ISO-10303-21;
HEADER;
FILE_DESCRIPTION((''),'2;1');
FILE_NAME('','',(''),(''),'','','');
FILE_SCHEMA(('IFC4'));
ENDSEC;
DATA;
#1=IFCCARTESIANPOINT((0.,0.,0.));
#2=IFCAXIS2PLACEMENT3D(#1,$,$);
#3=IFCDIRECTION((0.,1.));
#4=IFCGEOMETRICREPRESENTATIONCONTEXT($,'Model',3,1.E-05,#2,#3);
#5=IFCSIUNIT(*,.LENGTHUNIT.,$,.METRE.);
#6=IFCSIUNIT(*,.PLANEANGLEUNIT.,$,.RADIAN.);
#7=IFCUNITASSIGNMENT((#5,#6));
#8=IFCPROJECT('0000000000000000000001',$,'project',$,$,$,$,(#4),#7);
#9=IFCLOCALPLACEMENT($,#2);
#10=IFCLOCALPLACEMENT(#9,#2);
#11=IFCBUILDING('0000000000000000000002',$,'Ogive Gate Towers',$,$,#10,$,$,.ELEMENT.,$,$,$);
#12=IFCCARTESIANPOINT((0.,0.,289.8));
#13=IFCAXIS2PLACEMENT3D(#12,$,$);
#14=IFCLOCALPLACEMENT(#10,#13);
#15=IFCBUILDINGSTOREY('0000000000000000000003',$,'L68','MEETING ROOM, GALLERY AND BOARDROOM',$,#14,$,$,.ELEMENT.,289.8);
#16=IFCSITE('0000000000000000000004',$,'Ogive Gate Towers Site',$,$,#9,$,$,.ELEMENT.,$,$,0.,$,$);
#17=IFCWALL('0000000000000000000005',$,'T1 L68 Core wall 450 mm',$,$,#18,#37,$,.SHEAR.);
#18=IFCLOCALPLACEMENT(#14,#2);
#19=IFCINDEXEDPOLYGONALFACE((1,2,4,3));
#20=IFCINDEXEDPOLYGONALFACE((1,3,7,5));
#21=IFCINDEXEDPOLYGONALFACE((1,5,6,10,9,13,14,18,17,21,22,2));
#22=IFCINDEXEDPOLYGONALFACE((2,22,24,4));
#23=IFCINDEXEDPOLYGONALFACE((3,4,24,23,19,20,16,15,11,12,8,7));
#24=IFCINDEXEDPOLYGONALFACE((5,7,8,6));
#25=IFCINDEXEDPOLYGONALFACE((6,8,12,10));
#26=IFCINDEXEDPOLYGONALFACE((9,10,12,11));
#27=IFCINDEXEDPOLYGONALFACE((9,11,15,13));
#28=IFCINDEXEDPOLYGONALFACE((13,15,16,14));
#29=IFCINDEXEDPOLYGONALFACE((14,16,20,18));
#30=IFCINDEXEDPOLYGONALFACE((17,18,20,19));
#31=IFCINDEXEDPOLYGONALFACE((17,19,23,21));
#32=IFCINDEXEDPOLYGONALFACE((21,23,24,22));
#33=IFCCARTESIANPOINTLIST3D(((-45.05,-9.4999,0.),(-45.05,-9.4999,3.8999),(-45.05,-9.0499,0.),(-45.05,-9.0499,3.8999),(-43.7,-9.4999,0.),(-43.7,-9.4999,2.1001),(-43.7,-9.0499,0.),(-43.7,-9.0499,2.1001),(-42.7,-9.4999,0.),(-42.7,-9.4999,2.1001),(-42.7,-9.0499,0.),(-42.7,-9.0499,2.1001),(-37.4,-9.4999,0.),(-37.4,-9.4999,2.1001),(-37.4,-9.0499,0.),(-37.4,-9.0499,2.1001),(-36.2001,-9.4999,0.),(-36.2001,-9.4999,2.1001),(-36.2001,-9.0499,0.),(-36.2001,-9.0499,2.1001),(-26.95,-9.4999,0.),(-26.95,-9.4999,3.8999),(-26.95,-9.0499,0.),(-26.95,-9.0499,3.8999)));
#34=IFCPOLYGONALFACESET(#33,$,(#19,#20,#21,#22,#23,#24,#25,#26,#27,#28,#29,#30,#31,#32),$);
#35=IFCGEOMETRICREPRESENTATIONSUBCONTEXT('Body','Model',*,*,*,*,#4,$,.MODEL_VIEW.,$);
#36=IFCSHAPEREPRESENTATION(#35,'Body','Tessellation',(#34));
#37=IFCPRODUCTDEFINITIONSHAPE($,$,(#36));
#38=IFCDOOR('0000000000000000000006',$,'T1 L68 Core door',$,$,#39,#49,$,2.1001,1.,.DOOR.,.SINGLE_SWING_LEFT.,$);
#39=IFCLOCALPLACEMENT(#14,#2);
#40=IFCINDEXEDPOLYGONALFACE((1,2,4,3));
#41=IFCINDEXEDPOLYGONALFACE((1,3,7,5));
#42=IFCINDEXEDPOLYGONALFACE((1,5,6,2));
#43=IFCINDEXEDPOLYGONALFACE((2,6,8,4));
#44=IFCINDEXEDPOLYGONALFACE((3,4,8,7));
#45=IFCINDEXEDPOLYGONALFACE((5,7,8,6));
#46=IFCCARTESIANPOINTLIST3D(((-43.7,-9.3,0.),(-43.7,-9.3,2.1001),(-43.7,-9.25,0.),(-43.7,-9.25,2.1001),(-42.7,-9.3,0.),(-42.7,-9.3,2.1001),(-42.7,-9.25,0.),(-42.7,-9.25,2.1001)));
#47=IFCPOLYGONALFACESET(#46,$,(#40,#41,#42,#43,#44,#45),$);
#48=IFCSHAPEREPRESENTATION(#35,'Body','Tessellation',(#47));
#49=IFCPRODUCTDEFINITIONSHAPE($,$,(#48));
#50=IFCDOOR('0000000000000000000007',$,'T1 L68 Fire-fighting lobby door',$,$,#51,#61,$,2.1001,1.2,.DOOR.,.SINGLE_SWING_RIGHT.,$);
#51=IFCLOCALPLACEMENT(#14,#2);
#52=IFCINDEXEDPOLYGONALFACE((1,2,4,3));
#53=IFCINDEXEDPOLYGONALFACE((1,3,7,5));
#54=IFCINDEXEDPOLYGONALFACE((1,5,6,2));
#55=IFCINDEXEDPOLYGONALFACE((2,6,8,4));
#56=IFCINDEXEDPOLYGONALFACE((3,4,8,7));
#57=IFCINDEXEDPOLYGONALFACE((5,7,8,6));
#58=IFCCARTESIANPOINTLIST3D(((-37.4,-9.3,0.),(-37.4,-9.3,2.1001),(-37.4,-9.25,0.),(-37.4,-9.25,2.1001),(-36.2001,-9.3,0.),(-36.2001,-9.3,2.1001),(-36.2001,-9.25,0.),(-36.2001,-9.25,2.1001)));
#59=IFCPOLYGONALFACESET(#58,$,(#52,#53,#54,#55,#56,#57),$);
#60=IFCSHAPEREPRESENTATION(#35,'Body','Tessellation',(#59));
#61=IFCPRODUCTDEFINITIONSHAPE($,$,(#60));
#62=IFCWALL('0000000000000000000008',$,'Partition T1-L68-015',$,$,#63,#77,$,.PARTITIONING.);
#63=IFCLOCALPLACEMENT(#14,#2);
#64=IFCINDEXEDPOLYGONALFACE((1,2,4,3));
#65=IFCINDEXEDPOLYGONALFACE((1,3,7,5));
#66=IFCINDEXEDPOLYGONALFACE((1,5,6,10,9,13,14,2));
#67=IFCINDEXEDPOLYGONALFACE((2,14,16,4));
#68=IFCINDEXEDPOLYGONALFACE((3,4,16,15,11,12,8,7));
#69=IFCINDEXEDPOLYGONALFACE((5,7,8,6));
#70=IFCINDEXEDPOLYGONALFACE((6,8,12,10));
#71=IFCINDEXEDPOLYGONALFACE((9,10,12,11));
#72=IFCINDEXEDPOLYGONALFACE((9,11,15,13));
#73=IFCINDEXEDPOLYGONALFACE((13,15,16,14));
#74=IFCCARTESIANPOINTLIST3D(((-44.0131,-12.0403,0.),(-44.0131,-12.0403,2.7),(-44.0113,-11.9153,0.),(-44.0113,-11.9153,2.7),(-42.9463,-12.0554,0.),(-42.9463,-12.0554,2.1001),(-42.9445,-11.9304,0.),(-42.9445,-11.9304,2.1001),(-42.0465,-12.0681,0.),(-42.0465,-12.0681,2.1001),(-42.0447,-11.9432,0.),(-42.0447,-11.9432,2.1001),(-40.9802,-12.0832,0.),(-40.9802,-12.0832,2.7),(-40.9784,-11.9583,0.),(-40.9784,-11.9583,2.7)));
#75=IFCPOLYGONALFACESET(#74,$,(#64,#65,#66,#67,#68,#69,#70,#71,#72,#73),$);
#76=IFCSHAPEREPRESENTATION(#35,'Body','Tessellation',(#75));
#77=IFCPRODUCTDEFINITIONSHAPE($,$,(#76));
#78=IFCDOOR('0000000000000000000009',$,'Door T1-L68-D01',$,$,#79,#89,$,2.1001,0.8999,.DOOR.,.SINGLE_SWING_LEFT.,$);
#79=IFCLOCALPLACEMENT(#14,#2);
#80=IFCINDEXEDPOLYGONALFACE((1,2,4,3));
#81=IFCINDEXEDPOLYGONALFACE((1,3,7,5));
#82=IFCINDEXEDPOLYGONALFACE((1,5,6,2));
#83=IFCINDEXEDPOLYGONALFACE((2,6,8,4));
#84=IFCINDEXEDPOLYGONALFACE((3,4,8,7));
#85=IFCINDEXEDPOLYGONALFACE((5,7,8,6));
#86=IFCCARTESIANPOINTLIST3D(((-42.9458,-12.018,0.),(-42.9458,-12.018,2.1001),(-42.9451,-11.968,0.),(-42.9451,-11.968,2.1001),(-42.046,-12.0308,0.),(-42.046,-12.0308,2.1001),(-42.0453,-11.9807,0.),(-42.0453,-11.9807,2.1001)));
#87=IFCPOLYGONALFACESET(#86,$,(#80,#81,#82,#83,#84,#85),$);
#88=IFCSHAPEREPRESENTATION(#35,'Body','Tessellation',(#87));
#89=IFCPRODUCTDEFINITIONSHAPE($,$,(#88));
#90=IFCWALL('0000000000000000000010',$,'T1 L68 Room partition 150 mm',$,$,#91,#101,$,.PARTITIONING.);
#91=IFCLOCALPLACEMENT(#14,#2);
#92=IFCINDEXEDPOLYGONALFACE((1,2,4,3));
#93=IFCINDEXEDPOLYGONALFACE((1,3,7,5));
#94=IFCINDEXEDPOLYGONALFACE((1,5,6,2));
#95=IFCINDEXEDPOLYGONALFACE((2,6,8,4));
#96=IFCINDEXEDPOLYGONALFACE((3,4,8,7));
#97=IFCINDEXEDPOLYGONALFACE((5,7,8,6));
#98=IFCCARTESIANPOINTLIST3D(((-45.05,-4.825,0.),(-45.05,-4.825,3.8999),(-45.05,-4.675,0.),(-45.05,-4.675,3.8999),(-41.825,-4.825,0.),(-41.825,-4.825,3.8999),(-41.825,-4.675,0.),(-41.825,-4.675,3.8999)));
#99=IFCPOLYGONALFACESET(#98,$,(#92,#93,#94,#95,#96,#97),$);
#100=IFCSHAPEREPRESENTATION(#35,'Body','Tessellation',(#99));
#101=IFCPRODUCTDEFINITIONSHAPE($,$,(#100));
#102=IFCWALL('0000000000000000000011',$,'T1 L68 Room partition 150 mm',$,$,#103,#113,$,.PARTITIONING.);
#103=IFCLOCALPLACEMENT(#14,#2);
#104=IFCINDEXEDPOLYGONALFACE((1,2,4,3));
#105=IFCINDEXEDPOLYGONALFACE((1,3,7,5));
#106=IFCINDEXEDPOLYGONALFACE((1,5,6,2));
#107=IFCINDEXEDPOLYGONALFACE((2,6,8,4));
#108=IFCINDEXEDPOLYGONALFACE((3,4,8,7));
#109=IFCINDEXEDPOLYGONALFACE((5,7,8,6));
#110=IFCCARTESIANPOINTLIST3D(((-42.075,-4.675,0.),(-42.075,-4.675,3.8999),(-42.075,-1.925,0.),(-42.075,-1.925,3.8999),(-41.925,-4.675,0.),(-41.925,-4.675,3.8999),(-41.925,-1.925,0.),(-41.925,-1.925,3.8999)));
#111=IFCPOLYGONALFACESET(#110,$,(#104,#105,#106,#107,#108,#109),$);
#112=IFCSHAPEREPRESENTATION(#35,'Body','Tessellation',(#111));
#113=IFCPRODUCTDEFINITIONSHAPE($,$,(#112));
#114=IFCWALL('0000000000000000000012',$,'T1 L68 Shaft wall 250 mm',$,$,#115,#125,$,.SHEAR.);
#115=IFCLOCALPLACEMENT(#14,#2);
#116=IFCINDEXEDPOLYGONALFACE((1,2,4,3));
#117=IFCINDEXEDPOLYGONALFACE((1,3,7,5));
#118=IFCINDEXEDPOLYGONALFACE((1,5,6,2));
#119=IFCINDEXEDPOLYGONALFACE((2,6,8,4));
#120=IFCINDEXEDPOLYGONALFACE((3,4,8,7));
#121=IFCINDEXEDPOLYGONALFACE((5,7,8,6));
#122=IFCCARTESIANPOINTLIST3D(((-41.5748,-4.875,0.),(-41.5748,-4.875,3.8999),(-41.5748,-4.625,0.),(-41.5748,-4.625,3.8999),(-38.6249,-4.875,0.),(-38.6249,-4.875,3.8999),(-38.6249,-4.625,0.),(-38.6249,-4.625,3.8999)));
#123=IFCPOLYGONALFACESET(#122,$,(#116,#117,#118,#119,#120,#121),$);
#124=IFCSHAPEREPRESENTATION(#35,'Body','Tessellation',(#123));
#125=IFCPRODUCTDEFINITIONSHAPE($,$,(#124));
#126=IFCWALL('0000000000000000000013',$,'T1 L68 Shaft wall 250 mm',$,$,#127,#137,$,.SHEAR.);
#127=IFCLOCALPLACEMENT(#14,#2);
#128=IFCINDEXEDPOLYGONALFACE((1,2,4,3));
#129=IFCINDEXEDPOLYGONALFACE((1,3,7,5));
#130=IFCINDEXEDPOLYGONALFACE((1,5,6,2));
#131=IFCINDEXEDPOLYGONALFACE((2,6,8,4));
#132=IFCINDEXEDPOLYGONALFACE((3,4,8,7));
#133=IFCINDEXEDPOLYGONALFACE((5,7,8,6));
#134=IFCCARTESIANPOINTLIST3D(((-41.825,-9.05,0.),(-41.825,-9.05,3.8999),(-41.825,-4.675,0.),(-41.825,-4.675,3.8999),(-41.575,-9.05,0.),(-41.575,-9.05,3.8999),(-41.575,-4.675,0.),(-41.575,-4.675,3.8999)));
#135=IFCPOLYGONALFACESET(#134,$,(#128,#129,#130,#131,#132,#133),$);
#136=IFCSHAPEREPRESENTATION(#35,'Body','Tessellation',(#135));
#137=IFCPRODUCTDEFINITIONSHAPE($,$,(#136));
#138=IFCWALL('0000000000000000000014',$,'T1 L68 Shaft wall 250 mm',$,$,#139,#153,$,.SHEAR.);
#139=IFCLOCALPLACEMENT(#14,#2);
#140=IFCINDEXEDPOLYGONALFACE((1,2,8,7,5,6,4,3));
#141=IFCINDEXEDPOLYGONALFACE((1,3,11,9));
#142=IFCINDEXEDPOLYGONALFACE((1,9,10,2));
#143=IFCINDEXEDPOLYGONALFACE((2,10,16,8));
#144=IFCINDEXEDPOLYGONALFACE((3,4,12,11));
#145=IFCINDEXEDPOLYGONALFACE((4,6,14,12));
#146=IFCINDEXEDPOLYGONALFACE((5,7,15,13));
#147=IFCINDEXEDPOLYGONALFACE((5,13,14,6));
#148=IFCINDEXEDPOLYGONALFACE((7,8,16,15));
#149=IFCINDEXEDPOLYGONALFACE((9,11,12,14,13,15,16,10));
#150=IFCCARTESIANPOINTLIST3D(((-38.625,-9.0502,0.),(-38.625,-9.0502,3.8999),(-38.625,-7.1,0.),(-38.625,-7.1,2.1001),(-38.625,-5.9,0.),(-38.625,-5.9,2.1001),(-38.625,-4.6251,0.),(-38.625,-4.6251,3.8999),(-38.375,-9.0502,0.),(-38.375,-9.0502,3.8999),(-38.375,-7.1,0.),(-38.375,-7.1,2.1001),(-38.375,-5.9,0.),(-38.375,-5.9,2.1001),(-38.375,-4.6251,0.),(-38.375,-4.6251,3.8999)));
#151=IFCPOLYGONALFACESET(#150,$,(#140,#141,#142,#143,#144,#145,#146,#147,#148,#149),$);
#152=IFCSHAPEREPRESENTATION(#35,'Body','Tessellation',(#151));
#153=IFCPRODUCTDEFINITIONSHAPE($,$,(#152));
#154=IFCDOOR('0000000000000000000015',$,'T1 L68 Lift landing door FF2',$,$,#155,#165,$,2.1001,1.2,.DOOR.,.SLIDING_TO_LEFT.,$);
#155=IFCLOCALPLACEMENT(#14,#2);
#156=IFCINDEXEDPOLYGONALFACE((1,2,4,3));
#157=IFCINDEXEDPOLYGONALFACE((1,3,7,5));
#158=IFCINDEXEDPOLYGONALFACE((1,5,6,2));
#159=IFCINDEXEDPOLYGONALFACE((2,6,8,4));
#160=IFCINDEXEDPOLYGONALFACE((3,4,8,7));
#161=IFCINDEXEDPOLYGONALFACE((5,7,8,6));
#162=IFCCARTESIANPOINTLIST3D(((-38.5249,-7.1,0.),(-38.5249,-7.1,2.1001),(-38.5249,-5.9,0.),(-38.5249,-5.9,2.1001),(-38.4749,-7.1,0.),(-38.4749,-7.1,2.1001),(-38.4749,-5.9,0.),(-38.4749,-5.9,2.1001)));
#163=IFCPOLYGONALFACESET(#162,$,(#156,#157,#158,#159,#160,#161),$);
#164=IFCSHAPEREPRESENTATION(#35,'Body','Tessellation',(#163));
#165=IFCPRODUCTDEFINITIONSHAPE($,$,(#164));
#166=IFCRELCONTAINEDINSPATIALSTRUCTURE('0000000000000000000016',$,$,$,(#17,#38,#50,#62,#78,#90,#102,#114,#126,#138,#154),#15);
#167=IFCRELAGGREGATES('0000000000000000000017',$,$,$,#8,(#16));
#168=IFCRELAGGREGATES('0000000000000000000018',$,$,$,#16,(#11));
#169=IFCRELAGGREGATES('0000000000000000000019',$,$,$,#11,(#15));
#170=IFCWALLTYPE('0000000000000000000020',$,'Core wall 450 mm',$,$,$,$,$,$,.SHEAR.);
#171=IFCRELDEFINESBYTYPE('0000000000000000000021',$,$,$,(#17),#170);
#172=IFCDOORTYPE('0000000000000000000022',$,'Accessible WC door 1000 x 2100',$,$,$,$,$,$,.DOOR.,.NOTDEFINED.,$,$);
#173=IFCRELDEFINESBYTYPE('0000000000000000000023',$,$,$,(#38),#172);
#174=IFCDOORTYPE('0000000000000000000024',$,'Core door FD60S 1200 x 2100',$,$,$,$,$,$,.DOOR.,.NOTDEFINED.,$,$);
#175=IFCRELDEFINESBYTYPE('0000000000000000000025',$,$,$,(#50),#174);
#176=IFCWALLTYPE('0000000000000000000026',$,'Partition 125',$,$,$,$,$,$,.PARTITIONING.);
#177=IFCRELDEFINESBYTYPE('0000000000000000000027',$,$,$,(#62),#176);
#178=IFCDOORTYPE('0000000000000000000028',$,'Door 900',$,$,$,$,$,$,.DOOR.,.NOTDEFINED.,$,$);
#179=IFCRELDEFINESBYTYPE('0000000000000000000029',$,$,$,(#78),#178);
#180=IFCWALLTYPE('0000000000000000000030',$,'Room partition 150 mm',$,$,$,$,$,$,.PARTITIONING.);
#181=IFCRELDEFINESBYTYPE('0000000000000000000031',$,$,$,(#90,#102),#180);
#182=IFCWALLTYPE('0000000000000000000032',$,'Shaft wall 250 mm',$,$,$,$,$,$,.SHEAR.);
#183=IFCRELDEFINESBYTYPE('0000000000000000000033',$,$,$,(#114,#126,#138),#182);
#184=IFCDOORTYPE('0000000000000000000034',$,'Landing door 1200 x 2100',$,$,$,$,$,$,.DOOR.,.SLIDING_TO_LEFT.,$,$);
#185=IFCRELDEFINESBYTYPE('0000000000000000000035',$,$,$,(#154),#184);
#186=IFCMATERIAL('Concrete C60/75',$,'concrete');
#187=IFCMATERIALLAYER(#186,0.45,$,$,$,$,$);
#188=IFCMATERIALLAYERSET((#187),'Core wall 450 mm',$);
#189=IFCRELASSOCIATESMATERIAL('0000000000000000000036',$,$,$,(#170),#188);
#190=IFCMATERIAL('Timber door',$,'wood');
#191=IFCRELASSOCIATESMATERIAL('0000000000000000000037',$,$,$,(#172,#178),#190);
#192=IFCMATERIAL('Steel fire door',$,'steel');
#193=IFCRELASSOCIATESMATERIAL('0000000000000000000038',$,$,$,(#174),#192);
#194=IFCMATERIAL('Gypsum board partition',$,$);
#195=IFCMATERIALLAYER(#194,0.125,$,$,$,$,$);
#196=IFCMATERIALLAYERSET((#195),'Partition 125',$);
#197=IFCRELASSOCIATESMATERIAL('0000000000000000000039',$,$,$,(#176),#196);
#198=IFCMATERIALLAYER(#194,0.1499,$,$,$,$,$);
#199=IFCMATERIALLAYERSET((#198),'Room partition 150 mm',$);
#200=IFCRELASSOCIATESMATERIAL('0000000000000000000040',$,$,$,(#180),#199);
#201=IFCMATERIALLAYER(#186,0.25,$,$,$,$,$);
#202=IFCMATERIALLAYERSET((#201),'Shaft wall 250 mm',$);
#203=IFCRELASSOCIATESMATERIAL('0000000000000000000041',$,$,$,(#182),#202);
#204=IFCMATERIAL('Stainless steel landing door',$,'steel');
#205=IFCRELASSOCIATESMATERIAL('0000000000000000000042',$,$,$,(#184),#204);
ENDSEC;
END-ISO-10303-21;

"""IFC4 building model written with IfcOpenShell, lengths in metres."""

from ifc_helpers import new_model, si_unit, direction, frame, frame_2d, origin, place, context, subcontext, project, spatial, rectangle, extrude, material, layer, layer_set, type_object, element, fill, save


model = new_model("IFC4")

# Units and contexts
model_context = context("Model", 3, precision=1e-05, world=origin(), true_north=direction((0.0, 1.0)))
body_context = subcontext(model_context, "Body", "Model", "MODEL_VIEW")
ifc_project = project(units=[si_unit("LENGTHUNIT", "METRE"), si_unit("PLANEANGLEUNIT", "RADIAN")], contexts=[model_context])

# Site, building, storey
site_placement = place(None, origin())
site = spatial("IfcSite", under=ifc_project, at=site_placement, Name="Ogive Gate Towers Site", CompositionType="ELEMENT", RefElevation=0.0)
building_placement = place(site_placement, origin())
building = spatial("IfcBuilding", under=site, at=building_placement, Name="Ogive Gate Towers", CompositionType="ELEMENT")
storey_placement = place(building_placement, frame((0.0, 0.0, 289.8)))
storey = spatial("IfcBuildingStorey", under=building, at=storey_placement, Name="L68", Description="MEETING ROOM, GALLERY AND BOARDROOM", CompositionType="ELEMENT", Elevation=289.8)

# Shared definitions
ifc_material_1 = material(Name="Timber door", Category="wood")

# Wall, openings, doors
ifc_material_2 = material(Name="Concrete C60/75", Category="concrete")
ifc_layer_1 = layer(ifc_material_2, 0.45)
ifc_layer_set_1 = layer_set([ifc_layer_1], Name="Core wall 450 mm")
wall_type_1 = type_object("IfcWallType", Name="Core wall 450 mm", PredefinedType="SHEAR", material=ifc_layer_set_1)
wall_1_placement = place(storey_placement, frame((-45.05, -9.2749, 0.0), z_axis=(0.0, 0.0, 1.0), x_axis=(1.0, 0.0, 0.0)))
wall_1 = element("IfcWall", 1, at=wall_1_placement, inside=storey, type_object=wall_type_1, Name="T1 L68 Core wall 450 mm", PredefinedType="SHEAR", context=body_context, shape_type="SweptSolid", body=[
    extrude(rectangle(XDim=18.1001, YDim=0.45, at=frame_2d((9.05, 0.0))), origin(), (0.0, 0.0, 1.0), 3.8999),
])
opening_1_placement = place(wall_1_placement, frame((7.6499, 0.0, 0.0)))
opening_1 = element("IfcOpeningElement", 2, at=opening_1_placement, cuts=wall_1, PredefinedType="OPENING", context=body_context, shape_type="SweptSolid", body=[
    extrude(rectangle(XDim=1.2, YDim=2.1001, at=frame_2d((0.6001, 1.05))), frame((0.0, 0.2349, 0.0), z_axis=(0.0, -1.0, 0.0), x_axis=(1.0, 0.0, 0.0)), (0.0, 0.0, 1.0), 0.47),
])
opening_2_placement = place(wall_1_placement, frame((1.3501, 0.0, 0.0)))
opening_2 = element("IfcOpeningElement", 3, at=opening_2_placement, cuts=wall_1, PredefinedType="OPENING", context=body_context, shape_type="SweptSolid", body=[
    extrude(rectangle(XDim=1.0, YDim=2.1001, at=frame_2d((0.5, 1.05))), frame((0.0, 0.2349, 0.0), z_axis=(0.0, -1.0, 0.0), x_axis=(1.0, 0.0, 0.0)), (0.0, 0.0, 1.0), 0.47),
])
door_type_1 = type_object("IfcDoorType", Name="Accessible WC door 1000 x 2100", OperationType="NOTDEFINED", PredefinedType="DOOR", material=ifc_material_1)
door_1_placement = place(opening_2_placement, origin())
door_1 = element("IfcDoor", 4, at=door_1_placement, inside=storey, type_object=door_type_1, Name="T1 L68 Core door", OperationType="SINGLE_SWING_LEFT", OverallHeight=2.1001, OverallWidth=1.0, PredefinedType="DOOR", context=body_context, shape_type="SweptSolid", body=[
    extrude(rectangle(XDim=1.0, YDim=2.1001, at=frame_2d((0.5, 1.05))), frame((0.0, 0.0249, 0.0), z_axis=(0.0, -1.0, 0.0), x_axis=(1.0, 0.0, 0.0)), (0.0, 0.0, 1.0), 0.05),
])
fill(opening_2, door_1)
ifc_material_3 = material(Name="Steel fire door", Category="steel")
door_type_2 = type_object("IfcDoorType", Name="Core door FD60S 1200 x 2100", OperationType="NOTDEFINED", PredefinedType="DOOR", material=ifc_material_3)
door_2_placement = place(opening_1_placement, origin())
door_2 = element("IfcDoor", 5, at=door_2_placement, inside=storey, type_object=door_type_2, Name="T1 L68 Fire-fighting lobby door", OperationType="SINGLE_SWING_RIGHT", OverallHeight=2.1001, OverallWidth=1.2, PredefinedType="DOOR", context=body_context, shape_type="SweptSolid", body=[
    extrude(rectangle(XDim=1.2, YDim=2.1001, at=frame_2d((0.6001, 1.05))), frame((0.0, 0.0249, 0.0), z_axis=(0.0, -1.0, 0.0), x_axis=(1.0, 0.0, 0.0)), (0.0, 0.0, 1.0), 0.05),
])
fill(opening_1, door_2)

# Wall, opening, door
ifc_material_4 = material(Name="Gypsum board partition")
ifc_layer_2 = layer(ifc_material_4, 0.125)
ifc_layer_set_2 = layer_set([ifc_layer_2], Name="Partition 125")
wall_type_2 = type_object("IfcWallType", Name="Partition 125", PredefinedType="PARTITIONING", material=ifc_layer_set_2)
wall_2_placement = place(storey_placement, frame((-44.0122, -11.9778, 0.0), z_axis=(0.0, 0.0, 1.0), x_axis=(0.9999, -0.014166, 0.0)))
wall_2 = element("IfcWall", 6, at=wall_2_placement, inside=storey, type_object=wall_type_2, Name="Partition T1-L68-015", PredefinedType="PARTITIONING", context=body_context, shape_type="SweptSolid", body=[
    extrude(rectangle(XDim=3.0332, YDim=0.125, at=frame_2d((1.5166, 0.0))), origin(), (0.0, 0.0, 1.0), 2.7),
])
opening_3_placement = place(wall_2_placement, frame((1.0669, 0.0, 0.0)))
opening_3 = element("IfcOpeningElement", 7, at=opening_3_placement, cuts=wall_2, PredefinedType="OPENING", context=body_context, shape_type="SweptSolid", body=[
    extrude(rectangle(XDim=0.8999, YDim=2.1001, at=frame_2d((0.45, 1.05))), frame((0.0, 0.0725, 0.0), z_axis=(0.0, -1.0, 0.0), x_axis=(1.0, 0.0, 0.0)), (0.0, 0.0, 1.0), 0.145),
])
door_type_3 = type_object("IfcDoorType", Name="Door 900", OperationType="NOTDEFINED", PredefinedType="DOOR", material=ifc_material_1)
door_3_placement = place(opening_3_placement, origin())
door_3 = element("IfcDoor", 8, at=door_3_placement, inside=storey, type_object=door_type_3, Name="Door T1-L68-D01", OperationType="SINGLE_SWING_LEFT", OverallHeight=2.1001, OverallWidth=0.8999, PredefinedType="DOOR", context=body_context, shape_type="SweptSolid", body=[
    extrude(rectangle(XDim=0.8999, YDim=2.1001, at=frame_2d((0.45, 1.05))), frame((0.0, 0.0249, 0.0), z_axis=(0.0, -1.0, 0.0), x_axis=(1.0, 0.0, 0.0)), (0.0, 0.0, 1.0), 0.05),
])
fill(opening_3, door_3)

# Walls
ifc_layer_3 = layer(ifc_material_4, 0.1499)
ifc_layer_set_3 = layer_set([ifc_layer_3], Name="Room partition 150 mm")
wall_type_3 = type_object("IfcWallType", Name="Room partition 150 mm", PredefinedType="PARTITIONING", material=ifc_layer_set_3)
wall_3_placement = place(storey_placement, frame((-45.05, -4.75, 0.0), z_axis=(0.0, 0.0, 1.0), x_axis=(1.0, 0.0, 0.0)))
element("IfcWall", 9, at=wall_3_placement, inside=storey, type_object=wall_type_3, Name="T1 L68 Room partition 150 mm", PredefinedType="PARTITIONING", context=body_context, shape_type="SweptSolid", body=[
    extrude(rectangle(XDim=3.2251, YDim=0.1499, at=frame_2d((1.6125, 0.0))), origin(), (0.0, 0.0, 1.0), 3.8999),
])
wall_4_placement = place(storey_placement, frame((-42.0, -4.675, 0.0), z_axis=(0.0, 0.0, 1.0), x_axis=(0.0, 1.0, 0.0)))
element("IfcWall", 10, at=wall_4_placement, inside=storey, type_object=wall_type_3, Name="T1 L68 Room partition 150 mm", PredefinedType="PARTITIONING", context=body_context, shape_type="SweptSolid", body=[
    extrude(rectangle(XDim=2.75, YDim=0.1499, at=frame_2d((1.375, 0.0))), origin(), (0.0, 0.0, 1.0), 3.8999),
])
ifc_layer_4 = layer(ifc_material_2, 0.25)
ifc_layer_set_4 = layer_set([ifc_layer_4], Name="Shaft wall 250 mm")
wall_type_4 = type_object("IfcWallType", Name="Shaft wall 250 mm", PredefinedType="SHEAR", material=ifc_layer_set_4)
wall_5_placement = place(storey_placement, frame((-41.575, -4.75, 0.0), z_axis=(0.0, 0.0, 1.0), x_axis=(1.0, 0.0, 0.0)))
element("IfcWall", 11, at=wall_5_placement, inside=storey, type_object=wall_type_4, Name="T1 L68 Shaft wall 250 mm", PredefinedType="SHEAR", context=body_context, shape_type="SweptSolid", body=[
    extrude(rectangle(XDim=2.95, YDim=0.25, at=frame_2d((1.4751, 0.0))), origin(), (0.0, 0.0, 1.0), 3.8999),
])
wall_6_placement = place(storey_placement, frame((-41.7, -9.05, 0.0), z_axis=(0.0, 0.0, 1.0), x_axis=(0.0, 1.0, 0.0)))
element("IfcWall", 12, at=wall_6_placement, inside=storey, type_object=wall_type_4, Name="T1 L68 Shaft wall 250 mm", PredefinedType="SHEAR", context=body_context, shape_type="SweptSolid", body=[
    extrude(rectangle(XDim=4.375, YDim=0.25, at=frame_2d((2.1875, 0.0))), origin(), (0.0, 0.0, 1.0), 3.8999),
])

# Wall, opening, door
wall_7_placement = place(storey_placement, frame((-38.5, -9.05, 0.0), z_axis=(0.0, 0.0, 1.0), x_axis=(0.0, 1.0, 0.0)))
wall_7 = element("IfcWall", 13, at=wall_7_placement, inside=storey, type_object=wall_type_4, Name="T1 L68 Shaft wall 250 mm", PredefinedType="SHEAR", context=body_context, shape_type="SweptSolid", body=[
    extrude(rectangle(XDim=4.425, YDim=0.25, at=frame_2d((2.2124, 0.0))), origin(), (0.0, 0.0, 1.0), 3.8999),
])
opening_4_placement = place(wall_7_placement, frame((1.95, 0.0, 0.0)))
opening_4 = element("IfcOpeningElement", 14, at=opening_4_placement, cuts=wall_7, PredefinedType="OPENING", context=body_context, shape_type="SweptSolid", body=[
    extrude(rectangle(XDim=1.2, YDim=2.1001, at=frame_2d((0.6001, 1.05))), frame((0.0, 0.135, 0.0), z_axis=(0.0, -1.0, 0.0), x_axis=(1.0, 0.0, 0.0)), (0.0, 0.0, 1.0), 0.27),
])
ifc_material_5 = material(Name="Stainless steel landing door", Category="steel")
door_type_4 = type_object("IfcDoorType", Name="Landing door 1200 x 2100", OperationType="SLIDING_TO_LEFT", PredefinedType="DOOR", material=ifc_material_5)
door_4_placement = place(opening_4_placement, origin())
door_4 = element("IfcDoor", 15, at=door_4_placement, inside=storey, type_object=door_type_4, Name="T1 L68 Lift landing door FF2", OperationType="SLIDING_TO_LEFT", OverallHeight=2.1001, OverallWidth=1.2, PredefinedType="DOOR", context=body_context, shape_type="SweptSolid", body=[
    extrude(rectangle(XDim=1.2, YDim=2.1001, at=frame_2d((0.6001, 1.05))), frame((0.0, 0.0249, 0.0), z_axis=(0.0, -1.0, 0.0), x_axis=(1.0, 0.0, 0.0)), (0.0, 0.0, 1.0), 0.05),
])
fill(opening_4, door_4)

save(model, "model.ifc")
